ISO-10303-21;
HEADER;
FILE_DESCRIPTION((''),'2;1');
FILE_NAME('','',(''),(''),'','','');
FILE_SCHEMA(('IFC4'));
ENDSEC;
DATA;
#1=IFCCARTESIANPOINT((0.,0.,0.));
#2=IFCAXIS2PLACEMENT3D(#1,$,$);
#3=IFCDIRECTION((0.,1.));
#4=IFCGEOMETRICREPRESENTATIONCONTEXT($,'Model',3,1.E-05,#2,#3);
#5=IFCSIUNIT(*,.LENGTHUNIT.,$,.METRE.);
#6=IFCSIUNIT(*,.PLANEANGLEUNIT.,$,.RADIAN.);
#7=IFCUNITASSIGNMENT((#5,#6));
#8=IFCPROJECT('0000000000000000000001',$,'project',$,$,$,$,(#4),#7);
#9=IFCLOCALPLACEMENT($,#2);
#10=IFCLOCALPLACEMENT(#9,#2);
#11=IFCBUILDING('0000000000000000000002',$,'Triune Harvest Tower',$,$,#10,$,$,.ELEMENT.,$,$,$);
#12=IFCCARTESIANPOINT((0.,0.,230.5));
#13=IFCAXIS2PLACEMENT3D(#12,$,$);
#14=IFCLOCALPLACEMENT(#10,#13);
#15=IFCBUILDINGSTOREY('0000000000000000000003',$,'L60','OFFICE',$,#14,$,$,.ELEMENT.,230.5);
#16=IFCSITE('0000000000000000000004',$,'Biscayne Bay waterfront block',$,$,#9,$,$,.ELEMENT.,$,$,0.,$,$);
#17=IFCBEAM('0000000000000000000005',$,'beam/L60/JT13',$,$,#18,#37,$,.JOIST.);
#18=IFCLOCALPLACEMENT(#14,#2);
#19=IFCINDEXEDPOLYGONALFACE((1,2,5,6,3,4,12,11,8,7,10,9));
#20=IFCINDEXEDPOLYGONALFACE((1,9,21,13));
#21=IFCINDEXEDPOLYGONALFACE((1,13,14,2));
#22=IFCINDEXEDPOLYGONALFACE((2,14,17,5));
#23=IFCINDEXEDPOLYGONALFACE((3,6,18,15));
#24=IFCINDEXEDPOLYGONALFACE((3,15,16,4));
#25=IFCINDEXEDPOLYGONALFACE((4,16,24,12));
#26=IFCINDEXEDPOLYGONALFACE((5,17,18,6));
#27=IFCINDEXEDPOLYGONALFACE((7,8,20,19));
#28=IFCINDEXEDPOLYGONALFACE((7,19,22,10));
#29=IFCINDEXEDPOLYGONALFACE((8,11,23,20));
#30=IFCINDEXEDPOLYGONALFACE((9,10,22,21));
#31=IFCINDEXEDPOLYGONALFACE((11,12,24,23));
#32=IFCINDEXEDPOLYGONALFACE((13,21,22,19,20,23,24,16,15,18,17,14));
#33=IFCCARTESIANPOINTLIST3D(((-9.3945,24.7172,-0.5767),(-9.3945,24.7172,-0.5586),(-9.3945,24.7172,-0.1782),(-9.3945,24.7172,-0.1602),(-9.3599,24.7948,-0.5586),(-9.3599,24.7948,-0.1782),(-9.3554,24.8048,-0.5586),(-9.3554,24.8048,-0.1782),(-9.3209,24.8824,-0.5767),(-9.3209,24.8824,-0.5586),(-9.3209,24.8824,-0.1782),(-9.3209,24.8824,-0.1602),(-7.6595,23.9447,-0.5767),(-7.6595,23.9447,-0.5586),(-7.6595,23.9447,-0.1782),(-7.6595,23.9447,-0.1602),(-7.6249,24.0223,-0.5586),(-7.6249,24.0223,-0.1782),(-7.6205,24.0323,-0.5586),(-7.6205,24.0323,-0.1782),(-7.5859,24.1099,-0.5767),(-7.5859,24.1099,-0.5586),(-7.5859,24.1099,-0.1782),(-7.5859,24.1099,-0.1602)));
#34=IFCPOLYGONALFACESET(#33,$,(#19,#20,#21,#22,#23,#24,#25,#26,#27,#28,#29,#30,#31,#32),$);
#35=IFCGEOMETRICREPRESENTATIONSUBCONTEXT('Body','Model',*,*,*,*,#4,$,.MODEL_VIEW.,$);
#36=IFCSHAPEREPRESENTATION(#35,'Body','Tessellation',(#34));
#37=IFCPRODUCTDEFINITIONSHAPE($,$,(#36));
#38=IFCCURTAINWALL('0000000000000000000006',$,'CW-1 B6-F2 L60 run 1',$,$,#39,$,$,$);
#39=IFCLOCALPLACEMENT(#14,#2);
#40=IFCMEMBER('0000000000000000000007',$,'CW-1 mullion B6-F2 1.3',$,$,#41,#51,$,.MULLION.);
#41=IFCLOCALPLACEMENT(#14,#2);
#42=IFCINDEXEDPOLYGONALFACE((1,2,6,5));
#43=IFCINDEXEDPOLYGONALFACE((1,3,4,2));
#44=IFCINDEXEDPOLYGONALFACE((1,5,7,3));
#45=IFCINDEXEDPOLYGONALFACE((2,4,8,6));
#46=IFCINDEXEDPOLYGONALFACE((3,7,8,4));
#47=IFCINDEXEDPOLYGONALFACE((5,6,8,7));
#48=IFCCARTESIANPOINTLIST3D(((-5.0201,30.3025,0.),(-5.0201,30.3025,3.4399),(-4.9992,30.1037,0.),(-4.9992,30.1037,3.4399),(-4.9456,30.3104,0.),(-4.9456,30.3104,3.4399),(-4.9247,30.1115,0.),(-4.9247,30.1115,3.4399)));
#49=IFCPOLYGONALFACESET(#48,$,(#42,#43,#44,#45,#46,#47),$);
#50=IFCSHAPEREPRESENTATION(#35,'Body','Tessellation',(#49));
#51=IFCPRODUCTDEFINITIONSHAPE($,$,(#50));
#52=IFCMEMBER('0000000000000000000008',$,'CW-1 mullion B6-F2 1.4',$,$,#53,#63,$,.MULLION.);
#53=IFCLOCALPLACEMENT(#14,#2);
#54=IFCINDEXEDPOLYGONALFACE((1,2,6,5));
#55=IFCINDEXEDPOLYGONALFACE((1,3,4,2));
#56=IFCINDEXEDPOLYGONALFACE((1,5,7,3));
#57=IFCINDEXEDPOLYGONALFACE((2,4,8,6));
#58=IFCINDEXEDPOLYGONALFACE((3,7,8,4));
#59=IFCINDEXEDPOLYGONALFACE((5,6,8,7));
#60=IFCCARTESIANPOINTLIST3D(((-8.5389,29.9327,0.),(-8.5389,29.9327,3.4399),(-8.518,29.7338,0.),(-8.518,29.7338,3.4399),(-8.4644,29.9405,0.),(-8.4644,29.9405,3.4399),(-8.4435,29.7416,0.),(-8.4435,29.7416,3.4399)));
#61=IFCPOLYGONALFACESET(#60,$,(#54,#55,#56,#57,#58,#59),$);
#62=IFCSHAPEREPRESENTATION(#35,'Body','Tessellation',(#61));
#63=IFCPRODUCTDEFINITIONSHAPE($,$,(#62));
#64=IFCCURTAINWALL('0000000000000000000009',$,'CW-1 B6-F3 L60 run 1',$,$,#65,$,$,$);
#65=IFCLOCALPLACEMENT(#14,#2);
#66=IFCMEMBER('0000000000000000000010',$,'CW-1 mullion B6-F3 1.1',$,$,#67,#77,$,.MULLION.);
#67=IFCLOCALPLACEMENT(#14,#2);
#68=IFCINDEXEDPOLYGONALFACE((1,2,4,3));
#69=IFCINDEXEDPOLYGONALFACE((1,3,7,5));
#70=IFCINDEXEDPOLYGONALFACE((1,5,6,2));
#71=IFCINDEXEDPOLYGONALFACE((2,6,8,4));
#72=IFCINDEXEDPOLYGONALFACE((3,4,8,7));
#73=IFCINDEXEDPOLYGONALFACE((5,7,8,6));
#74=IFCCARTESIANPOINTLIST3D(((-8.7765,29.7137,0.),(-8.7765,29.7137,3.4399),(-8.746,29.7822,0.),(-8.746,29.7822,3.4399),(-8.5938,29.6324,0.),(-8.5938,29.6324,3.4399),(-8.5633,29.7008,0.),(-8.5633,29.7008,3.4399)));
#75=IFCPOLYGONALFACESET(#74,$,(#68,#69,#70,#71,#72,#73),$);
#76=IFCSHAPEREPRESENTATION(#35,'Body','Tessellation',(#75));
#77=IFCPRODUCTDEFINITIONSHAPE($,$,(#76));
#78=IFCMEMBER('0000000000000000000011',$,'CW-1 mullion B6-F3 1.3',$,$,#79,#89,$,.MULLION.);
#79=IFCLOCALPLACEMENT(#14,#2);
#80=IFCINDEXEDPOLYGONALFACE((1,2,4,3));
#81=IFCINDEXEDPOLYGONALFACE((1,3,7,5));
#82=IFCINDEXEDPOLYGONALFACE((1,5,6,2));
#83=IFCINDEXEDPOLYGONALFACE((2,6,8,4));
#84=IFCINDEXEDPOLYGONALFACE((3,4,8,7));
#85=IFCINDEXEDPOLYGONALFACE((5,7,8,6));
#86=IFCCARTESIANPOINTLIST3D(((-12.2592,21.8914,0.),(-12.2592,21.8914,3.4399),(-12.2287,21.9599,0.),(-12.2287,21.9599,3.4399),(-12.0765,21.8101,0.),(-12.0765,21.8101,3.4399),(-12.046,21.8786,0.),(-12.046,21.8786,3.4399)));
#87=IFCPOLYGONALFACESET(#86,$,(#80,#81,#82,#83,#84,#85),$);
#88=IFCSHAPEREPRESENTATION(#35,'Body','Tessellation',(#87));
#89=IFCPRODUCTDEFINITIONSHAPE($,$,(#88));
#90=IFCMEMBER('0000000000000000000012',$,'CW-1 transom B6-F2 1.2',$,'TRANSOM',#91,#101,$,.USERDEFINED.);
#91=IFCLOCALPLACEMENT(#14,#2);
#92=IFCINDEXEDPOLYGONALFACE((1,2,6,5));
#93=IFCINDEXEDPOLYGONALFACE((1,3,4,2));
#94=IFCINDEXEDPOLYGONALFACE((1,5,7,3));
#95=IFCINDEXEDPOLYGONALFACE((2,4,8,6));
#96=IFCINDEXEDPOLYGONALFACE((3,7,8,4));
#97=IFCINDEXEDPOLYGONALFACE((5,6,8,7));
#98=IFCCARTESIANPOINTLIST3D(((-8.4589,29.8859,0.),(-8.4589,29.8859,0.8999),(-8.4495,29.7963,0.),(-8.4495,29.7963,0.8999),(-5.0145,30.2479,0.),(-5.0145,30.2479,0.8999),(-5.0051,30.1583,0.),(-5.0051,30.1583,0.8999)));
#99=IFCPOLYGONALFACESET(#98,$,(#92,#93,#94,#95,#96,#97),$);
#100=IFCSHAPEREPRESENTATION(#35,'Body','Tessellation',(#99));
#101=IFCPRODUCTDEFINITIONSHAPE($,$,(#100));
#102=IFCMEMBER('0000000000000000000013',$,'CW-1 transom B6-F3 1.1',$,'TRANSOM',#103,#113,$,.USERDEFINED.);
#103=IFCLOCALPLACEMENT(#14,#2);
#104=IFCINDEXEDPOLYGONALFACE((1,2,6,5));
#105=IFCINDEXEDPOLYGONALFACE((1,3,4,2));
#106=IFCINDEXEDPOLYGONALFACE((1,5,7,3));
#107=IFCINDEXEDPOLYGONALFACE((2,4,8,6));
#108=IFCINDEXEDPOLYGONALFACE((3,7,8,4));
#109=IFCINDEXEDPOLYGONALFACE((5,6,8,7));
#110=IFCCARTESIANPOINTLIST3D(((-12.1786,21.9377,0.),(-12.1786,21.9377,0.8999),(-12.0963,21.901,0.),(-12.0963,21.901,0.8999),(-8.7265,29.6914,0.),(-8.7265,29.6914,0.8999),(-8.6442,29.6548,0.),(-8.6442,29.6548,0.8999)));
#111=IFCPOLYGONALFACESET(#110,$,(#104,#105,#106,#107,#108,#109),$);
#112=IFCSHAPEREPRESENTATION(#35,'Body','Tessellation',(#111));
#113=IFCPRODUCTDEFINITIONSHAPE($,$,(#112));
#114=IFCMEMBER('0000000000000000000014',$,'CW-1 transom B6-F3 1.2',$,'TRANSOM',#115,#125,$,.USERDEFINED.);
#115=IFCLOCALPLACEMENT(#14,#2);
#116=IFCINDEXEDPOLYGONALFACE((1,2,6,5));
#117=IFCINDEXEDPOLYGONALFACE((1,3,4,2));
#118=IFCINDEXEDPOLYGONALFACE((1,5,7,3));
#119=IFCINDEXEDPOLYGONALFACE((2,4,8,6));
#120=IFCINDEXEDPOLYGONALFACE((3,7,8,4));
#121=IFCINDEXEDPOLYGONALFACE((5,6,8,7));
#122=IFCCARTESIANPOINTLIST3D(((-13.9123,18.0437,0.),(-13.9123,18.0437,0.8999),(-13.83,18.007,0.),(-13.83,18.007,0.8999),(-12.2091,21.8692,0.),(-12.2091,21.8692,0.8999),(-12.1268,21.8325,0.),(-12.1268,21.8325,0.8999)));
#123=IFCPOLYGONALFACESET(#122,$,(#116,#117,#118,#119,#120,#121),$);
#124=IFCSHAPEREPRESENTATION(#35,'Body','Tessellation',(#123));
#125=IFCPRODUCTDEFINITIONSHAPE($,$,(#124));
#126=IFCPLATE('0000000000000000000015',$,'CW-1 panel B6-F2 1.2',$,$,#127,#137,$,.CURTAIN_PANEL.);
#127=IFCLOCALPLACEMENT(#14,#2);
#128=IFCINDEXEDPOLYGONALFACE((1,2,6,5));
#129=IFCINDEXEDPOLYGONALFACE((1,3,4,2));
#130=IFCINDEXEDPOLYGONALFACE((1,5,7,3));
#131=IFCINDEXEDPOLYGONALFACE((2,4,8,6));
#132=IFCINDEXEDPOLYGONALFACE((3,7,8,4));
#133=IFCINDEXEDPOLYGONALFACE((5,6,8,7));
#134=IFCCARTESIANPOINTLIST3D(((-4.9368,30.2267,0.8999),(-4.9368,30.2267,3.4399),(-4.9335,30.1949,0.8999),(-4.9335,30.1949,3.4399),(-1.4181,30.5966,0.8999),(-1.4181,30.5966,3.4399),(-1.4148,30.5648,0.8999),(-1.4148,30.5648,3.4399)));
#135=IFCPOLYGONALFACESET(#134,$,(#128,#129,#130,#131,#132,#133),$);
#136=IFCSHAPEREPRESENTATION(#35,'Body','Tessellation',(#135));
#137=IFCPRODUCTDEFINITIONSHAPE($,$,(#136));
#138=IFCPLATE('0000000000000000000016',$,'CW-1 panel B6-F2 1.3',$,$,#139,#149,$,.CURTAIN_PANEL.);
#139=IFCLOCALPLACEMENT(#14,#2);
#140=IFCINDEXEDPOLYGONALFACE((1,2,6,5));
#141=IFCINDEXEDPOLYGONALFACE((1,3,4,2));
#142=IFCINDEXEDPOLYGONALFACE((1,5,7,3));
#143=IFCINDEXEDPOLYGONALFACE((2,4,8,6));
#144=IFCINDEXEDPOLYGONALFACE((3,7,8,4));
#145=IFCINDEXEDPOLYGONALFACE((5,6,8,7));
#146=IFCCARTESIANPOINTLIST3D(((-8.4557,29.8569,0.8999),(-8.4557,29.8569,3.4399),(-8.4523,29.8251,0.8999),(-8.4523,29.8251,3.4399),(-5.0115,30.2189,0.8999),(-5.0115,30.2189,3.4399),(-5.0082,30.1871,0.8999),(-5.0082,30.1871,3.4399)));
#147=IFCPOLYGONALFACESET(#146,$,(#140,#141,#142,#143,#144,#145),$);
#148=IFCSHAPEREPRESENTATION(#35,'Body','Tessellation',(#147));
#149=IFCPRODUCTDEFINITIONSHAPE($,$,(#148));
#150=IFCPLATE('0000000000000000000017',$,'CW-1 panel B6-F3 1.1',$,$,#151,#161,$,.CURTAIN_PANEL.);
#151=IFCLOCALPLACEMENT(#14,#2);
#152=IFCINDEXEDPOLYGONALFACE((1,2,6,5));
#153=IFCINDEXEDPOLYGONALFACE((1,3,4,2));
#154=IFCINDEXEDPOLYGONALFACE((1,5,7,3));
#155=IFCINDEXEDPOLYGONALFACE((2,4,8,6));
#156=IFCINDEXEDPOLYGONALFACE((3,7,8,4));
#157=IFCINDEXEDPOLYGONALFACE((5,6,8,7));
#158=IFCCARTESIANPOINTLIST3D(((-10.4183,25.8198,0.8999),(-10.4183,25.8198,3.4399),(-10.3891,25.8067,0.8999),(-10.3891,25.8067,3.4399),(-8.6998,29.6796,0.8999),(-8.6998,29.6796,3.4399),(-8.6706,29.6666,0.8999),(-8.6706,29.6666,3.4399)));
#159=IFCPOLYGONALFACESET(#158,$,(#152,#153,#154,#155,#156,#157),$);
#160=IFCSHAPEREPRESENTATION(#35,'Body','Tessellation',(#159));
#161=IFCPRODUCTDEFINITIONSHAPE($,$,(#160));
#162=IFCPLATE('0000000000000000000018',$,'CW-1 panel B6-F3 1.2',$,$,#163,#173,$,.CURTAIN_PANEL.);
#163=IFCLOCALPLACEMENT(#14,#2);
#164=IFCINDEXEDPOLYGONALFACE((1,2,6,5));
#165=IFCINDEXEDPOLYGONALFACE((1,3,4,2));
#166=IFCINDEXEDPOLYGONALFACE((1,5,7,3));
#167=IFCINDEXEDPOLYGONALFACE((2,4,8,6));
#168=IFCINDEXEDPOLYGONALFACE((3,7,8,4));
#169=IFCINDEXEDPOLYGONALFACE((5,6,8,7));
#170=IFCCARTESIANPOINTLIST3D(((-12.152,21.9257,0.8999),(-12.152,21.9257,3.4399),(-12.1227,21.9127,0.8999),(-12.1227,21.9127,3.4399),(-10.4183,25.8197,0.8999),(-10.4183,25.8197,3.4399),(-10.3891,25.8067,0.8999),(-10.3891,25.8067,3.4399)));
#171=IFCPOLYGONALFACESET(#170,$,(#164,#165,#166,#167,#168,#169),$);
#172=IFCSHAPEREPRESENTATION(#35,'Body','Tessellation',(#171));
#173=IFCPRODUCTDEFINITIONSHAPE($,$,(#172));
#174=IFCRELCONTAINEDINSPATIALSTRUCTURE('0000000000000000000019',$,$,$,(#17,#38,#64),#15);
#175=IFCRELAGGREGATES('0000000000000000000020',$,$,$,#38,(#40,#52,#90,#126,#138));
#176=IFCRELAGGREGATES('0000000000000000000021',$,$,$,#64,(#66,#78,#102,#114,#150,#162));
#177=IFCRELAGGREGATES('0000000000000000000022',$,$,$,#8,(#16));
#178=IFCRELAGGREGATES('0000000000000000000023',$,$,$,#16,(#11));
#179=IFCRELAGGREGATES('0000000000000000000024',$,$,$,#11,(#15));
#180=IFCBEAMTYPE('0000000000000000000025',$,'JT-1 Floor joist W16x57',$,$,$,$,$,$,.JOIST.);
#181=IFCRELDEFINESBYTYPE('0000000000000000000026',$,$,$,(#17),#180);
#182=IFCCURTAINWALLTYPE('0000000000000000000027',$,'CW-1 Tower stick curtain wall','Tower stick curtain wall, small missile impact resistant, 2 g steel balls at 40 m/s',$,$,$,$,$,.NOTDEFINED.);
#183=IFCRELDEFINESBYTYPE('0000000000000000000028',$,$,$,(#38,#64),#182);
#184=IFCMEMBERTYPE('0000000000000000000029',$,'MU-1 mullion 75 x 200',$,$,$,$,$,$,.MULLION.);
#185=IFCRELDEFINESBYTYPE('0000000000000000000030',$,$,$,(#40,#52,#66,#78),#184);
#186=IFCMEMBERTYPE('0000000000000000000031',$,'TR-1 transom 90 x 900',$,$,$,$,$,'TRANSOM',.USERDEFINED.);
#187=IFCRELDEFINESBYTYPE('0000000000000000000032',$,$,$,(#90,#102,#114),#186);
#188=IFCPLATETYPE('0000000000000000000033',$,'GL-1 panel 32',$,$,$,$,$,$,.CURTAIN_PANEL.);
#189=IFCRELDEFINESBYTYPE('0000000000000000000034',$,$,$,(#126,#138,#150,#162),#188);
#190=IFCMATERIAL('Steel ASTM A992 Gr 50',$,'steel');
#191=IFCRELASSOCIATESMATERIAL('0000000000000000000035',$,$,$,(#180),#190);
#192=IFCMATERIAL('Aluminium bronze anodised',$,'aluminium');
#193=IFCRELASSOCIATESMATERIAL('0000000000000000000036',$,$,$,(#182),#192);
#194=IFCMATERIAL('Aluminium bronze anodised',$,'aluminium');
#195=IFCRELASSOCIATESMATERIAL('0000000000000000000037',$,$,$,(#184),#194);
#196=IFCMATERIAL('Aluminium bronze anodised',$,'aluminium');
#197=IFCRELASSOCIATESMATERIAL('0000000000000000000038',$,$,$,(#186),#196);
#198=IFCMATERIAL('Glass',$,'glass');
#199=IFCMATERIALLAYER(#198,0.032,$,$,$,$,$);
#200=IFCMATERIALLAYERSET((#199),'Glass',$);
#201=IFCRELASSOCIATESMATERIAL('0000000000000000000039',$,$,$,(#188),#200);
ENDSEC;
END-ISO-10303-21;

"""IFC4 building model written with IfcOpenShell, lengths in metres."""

from ifc_helpers import new_model, si_unit, direction, frame, origin, origin_2d, place, context, subcontext, project, spatial, rectangle, i_section, extrude, source, transform, mapped, material, layer, layer_set, material_profile, profile_set, type_object, element, aggregate, save


model = new_model("IFC4")

# Units and contexts
model_context = context("Model", 3, precision=1e-05, world=origin(), true_north=direction((0.0, 1.0)))
body_context = subcontext(model_context, "Body", "Model", "MODEL_VIEW")
ifc_project = project(units=[si_unit("LENGTHUNIT", "METRE"), si_unit("PLANEANGLEUNIT", "RADIAN")], contexts=[model_context])

# Site, building, storey
site_placement = place(None, origin())
site = spatial("IfcSite", under=ifc_project, at=site_placement, Name="Biscayne Bay waterfront block", CompositionType="ELEMENT", RefElevation=0.0)
building_placement = place(site_placement, origin())
building = spatial("IfcBuilding", under=site, at=building_placement, Name="Triune Harvest Tower", CompositionType="ELEMENT")
storey_placement = place(building_placement, frame((0.0, 0.0, 230.5)))
storey = spatial("IfcBuildingStorey", under=building, at=storey_placement, Name="L60", Description="OFFICE", CompositionType="ELEMENT", Elevation=230.5)

# Beam
ifc_material_1 = material(Name="Steel ASTM A992 Gr 50", Category="steel")
ifc_material_profile_1 = material_profile(ifc_material_1, i_section(OverallWidth=0.1809, OverallDepth=0.4165, WebThickness=0.011, FlangeThickness=0.0181, at=origin_2d()), Name="W16x57")
ifc_profile_set_1 = profile_set([ifc_material_profile_1], Name="Steel ASTM A992 Gr 50")
beam_type_1 = type_object("IfcBeamType", Name="JT-1 Floor joist W16x57", PredefinedType="JOIST", material=ifc_profile_set_1)
shared_shape_1 = source(origin(), body_context, "Body", "SweptSolid", [
    extrude(i_section(OverallWidth=0.1809, OverallDepth=0.4165, WebThickness=0.011, FlangeThickness=0.0181, at=origin_2d()), origin(), (0.0, 0.0, 1.0), 1.8992),
])
beam_1_placement = place(storey_placement, frame((-9.3577, 24.7998, -0.3684), z_axis=(0.913536, -0.406759, 0.0), x_axis=(0.406759, 0.913536, 0.0)))
element("IfcBeam", 1, at=beam_1_placement, inside=storey, type_object=beam_type_1, Name="beam/L60/JT13", PredefinedType="JOIST", context=body_context, shape_type="MappedRepresentation", body=[
    mapped(shared_shape_1, transform((0.0, 0.0, 0.0), scale=1.0)),
])

# Curtain walls, members
ifc_material_2 = material(Name="Aluminium bronze anodised", Category="aluminium")
curtain_wall_type = type_object("IfcCurtainWallType", Name="CW-1 Tower stick curtain wall", Description="Tower stick curtain wall, small missile impact resistant, 2 g steel balls at 40 m/s", PredefinedType="NOTDEFINED", material=ifc_material_2)
curtain_wall_1_placement = place(storey_placement, origin())
curtain_wall_1 = element("IfcCurtainWall", 2, at=curtain_wall_1_placement, inside=storey, type_object=curtain_wall_type, Name="CW-1 B6-F2 L60 run 1")
ifc_material_3 = material(Name="Aluminium bronze anodised", Category="aluminium")
ifc_material_profile_2 = material_profile(ifc_material_3, rectangle(XDim=0.2, YDim=0.075, at=origin_2d()), Name="MU-1 mullion 75 x 200")
ifc_profile_set_2 = profile_set([ifc_material_profile_2], Name="Aluminium bronze anodised")
member_type_1 = type_object("IfcMemberType", Name="MU-1 mullion 75 x 200", PredefinedType="MULLION", material=ifc_profile_set_2)
shared_shape_2 = source(origin(), body_context, "Body", "SweptSolid", [
    extrude(rectangle(XDim=0.2, YDim=0.075, at=origin_2d()), origin(), (0.0, 0.0, 1.0), 3.4399),
])
member_1_placement = place(storey_placement, frame((-4.9724, 30.207, 0.0), z_axis=(0.0, 0.0, 1.0), x_axis=(0.10453, -0.994522, 0.0)))
member_1 = element("IfcMember", 3, at=member_1_placement, type_object=member_type_1, Name="CW-1 mullion B6-F2 1.3", PredefinedType="MULLION", context=body_context, shape_type="MappedRepresentation", body=[
    mapped(shared_shape_2, transform((0.0, 0.0, 0.0), scale=1.0)),
])
member_2_placement = place(storey_placement, frame((-8.4912, 29.8372, 0.0), z_axis=(0.0, 0.0, 1.0), x_axis=(0.10453, -0.994522, 0.0)))
member_2 = element("IfcMember", 4, at=member_2_placement, type_object=member_type_1, Name="CW-1 mullion B6-F2 1.4", PredefinedType="MULLION", context=body_context, shape_type="MappedRepresentation", body=[
    mapped(shared_shape_2, transform((0.0, 0.0, 0.0), scale=1.0)),
])
curtain_wall_2_placement = place(storey_placement, origin())
curtain_wall_2 = element("IfcCurtainWall", 5, at=curtain_wall_2_placement, inside=storey, type_object=curtain_wall_type, Name="CW-1 B6-F3 L60 run 1")
member_3_placement = place(storey_placement, frame((-8.6699, 29.7073, 0.0), z_axis=(0.0, 0.0, 1.0), x_axis=(0.913546, -0.406735, 0.0)))
member_3 = element("IfcMember", 6, at=member_3_placement, type_object=member_type_1, Name="CW-1 mullion B6-F3 1.1", PredefinedType="MULLION", context=body_context, shape_type="MappedRepresentation", body=[
    mapped(shared_shape_2, transform((0.0, 0.0, 0.0), scale=1.0)),
])
member_4_placement = place(storey_placement, frame((-12.1526, 21.885, 0.0), z_axis=(0.0, 0.0, 1.0), x_axis=(0.913546, -0.406735, 0.0)))
member_4 = element("IfcMember", 7, at=member_4_placement, type_object=member_type_1, Name="CW-1 mullion B6-F3 1.3", PredefinedType="MULLION", context=body_context, shape_type="MappedRepresentation", body=[
    mapped(shared_shape_2, transform((0.0, 0.0, 0.0), scale=1.0)),
])

# Members
ifc_material_4 = material(Name="Aluminium bronze anodised", Category="aluminium")
ifc_material_profile_3 = material_profile(ifc_material_4, rectangle(XDim=0.0901, YDim=0.8999, at=origin_2d()), Name="TR-1 transom 90 x 900")
ifc_profile_set_3 = profile_set([ifc_material_profile_3], Name="Aluminium bronze anodised")
member_type_2 = type_object("IfcMemberType", Name="TR-1 transom 90 x 900", ElementType="TRANSOM", PredefinedType="USERDEFINED", material=ifc_profile_set_3)
shared_shape_3 = source(origin(), body_context, "Body", "SweptSolid", [
    extrude(rectangle(XDim=0.0901, YDim=0.8999, at=origin_2d()), origin(), (0.0, 0.0, 1.0), 3.4634),
])
member_5_placement = place(storey_placement, frame((-5.0098, 30.2031, 0.45), z_axis=(-0.994521, -0.104542, 0.0), x_axis=(0.104542, -0.994521, 0.0)))
member_5 = element("IfcMember", 8, at=member_5_placement, type_object=member_type_2, Name="CW-1 transom B6-F2 1.2", ObjectType="TRANSOM", PredefinedType="USERDEFINED", context=body_context, shape_type="MappedRepresentation", body=[
    mapped(shared_shape_3, transform((0.0, 0.0, 0.0), scale=1.0)),
])
shared_shape_4 = source(origin(), body_context, "Body", "SweptSolid", [
    extrude(rectangle(XDim=0.0901, YDim=0.8999, at=origin_2d()), origin(), (0.0, 0.0, 1.0), 8.4875),
])
member_6_placement = place(storey_placement, frame((-8.6853, 29.6731, 0.45), z_axis=(-0.406736, -0.913546, 0.0), x_axis=(0.913546, -0.406736, 0.0)))
member_6 = element("IfcMember", 9, at=member_6_placement, type_object=member_type_2, Name="CW-1 transom B6-F3 1.1", ObjectType="TRANSOM", PredefinedType="USERDEFINED", context=body_context, shape_type="MappedRepresentation", body=[
    mapped(shared_shape_4, transform((0.0, 0.0, 0.0), scale=1.0)),
])
shared_shape_5 = source(origin(), body_context, "Body", "SweptSolid", [
    extrude(rectangle(XDim=0.0901, YDim=0.8999, at=origin_2d()), origin(), (0.0, 0.0, 1.0), 4.1875),
])
member_7_placement = place(storey_placement, frame((-12.168, 21.8508, 0.45), z_axis=(-0.406723, -0.913552, 0.0), x_axis=(0.913552, -0.406723, 0.0)))
member_7 = element("IfcMember", 10, at=member_7_placement, type_object=member_type_2, Name="CW-1 transom B6-F3 1.2", ObjectType="TRANSOM", PredefinedType="USERDEFINED", context=body_context, shape_type="MappedRepresentation", body=[
    mapped(shared_shape_5, transform((0.0, 0.0, 0.0), scale=1.0)),
])

# Plates
ifc_material_5 = material(Name="Glass", Category="glass")
ifc_layer_1 = layer(ifc_material_5, 0.032)
ifc_layer_set_1 = layer_set([ifc_layer_1], Name="Glass")
plate_type = type_object("IfcPlateType", Name="GL-1 panel 32", PredefinedType="CURTAIN_PANEL", material=ifc_layer_set_1)
shared_shape_6 = source(origin(), body_context, "Body", "SweptSolid", [
    extrude(rectangle(XDim=3.5381, YDim=0.032, at=origin_2d()), origin(), (0.0, 0.0, 1.0), 2.54),
])
plate_1_placement = place(storey_placement, frame((-3.1758, 30.3958, 0.8999), z_axis=(0.0, 0.0, 1.0), x_axis=(-0.994522, -0.10453, 0.0)))
plate_1 = element("IfcPlate", 11, at=plate_1_placement, type_object=plate_type, Name="CW-1 panel B6-F2 1.2", PredefinedType="CURTAIN_PANEL", context=body_context, shape_type="MappedRepresentation", body=[
    mapped(shared_shape_6, transform((0.0, 0.0, 0.0), scale=1.0)),
])
shared_shape_7 = source(origin(), body_context, "Body", "SweptSolid", [
    extrude(rectangle(XDim=3.4631, YDim=0.032, at=origin_2d()), origin(), (0.0, 0.0, 1.0), 2.54),
])
plate_2_placement = place(storey_placement, frame((-6.7319, 30.022, 0.8999), z_axis=(0.0, 0.0, 1.0), x_axis=(-0.994522, -0.10453, 0.0)))
plate_2 = element("IfcPlate", 12, at=plate_2_placement, type_object=plate_type, Name="CW-1 panel B6-F2 1.3", PredefinedType="CURTAIN_PANEL", context=body_context, shape_type="MappedRepresentation", body=[
    mapped(shared_shape_7, transform((0.0, 0.0, 0.0), scale=1.0)),
])
aggregate(curtain_wall_1, [member_1, member_2, member_5, plate_1, plate_2])
shared_shape_8 = source(origin(), body_context, "Body", "SweptSolid", [
    extrude(rectangle(XDim=4.2251, YDim=0.032, at=origin_2d()), origin(), (0.0, 0.0, 1.0), 2.54),
])
plate_3_placement = place(storey_placement, frame((-9.5444, 27.7432, 0.8999), z_axis=(0.0, 0.0, 1.0), x_axis=(-0.406735, -0.913546, 0.0)))
plate_3 = element("IfcPlate", 13, at=plate_3_placement, type_object=plate_type, Name="CW-1 panel B6-F3 1.1", PredefinedType="CURTAIN_PANEL", context=body_context, shape_type="MappedRepresentation", body=[
    mapped(shared_shape_8, transform((0.0, 0.0, 0.0), scale=1.0)),
])
shared_shape_9 = source(origin(), body_context, "Body", "SweptSolid", [
    extrude(rectangle(XDim=4.2625, YDim=0.032, at=origin_2d()), origin(), (0.0, 0.0, 1.0), 2.54),
])
plate_4_placement = place(storey_placement, frame((-11.2705, 23.8662, 0.8999), z_axis=(0.0, 0.0, 1.0), x_axis=(-0.406735, -0.913546, 0.0)))
plate_4 = element("IfcPlate", 14, at=plate_4_placement, type_object=plate_type, Name="CW-1 panel B6-F3 1.2", PredefinedType="CURTAIN_PANEL", context=body_context, shape_type="MappedRepresentation", body=[
    mapped(shared_shape_9, transform((0.0, 0.0, 0.0), scale=1.0)),
])
aggregate(curtain_wall_2, [member_3, member_4, member_6, member_7, plate_3, plate_4])

save(model, "model.ifc")
